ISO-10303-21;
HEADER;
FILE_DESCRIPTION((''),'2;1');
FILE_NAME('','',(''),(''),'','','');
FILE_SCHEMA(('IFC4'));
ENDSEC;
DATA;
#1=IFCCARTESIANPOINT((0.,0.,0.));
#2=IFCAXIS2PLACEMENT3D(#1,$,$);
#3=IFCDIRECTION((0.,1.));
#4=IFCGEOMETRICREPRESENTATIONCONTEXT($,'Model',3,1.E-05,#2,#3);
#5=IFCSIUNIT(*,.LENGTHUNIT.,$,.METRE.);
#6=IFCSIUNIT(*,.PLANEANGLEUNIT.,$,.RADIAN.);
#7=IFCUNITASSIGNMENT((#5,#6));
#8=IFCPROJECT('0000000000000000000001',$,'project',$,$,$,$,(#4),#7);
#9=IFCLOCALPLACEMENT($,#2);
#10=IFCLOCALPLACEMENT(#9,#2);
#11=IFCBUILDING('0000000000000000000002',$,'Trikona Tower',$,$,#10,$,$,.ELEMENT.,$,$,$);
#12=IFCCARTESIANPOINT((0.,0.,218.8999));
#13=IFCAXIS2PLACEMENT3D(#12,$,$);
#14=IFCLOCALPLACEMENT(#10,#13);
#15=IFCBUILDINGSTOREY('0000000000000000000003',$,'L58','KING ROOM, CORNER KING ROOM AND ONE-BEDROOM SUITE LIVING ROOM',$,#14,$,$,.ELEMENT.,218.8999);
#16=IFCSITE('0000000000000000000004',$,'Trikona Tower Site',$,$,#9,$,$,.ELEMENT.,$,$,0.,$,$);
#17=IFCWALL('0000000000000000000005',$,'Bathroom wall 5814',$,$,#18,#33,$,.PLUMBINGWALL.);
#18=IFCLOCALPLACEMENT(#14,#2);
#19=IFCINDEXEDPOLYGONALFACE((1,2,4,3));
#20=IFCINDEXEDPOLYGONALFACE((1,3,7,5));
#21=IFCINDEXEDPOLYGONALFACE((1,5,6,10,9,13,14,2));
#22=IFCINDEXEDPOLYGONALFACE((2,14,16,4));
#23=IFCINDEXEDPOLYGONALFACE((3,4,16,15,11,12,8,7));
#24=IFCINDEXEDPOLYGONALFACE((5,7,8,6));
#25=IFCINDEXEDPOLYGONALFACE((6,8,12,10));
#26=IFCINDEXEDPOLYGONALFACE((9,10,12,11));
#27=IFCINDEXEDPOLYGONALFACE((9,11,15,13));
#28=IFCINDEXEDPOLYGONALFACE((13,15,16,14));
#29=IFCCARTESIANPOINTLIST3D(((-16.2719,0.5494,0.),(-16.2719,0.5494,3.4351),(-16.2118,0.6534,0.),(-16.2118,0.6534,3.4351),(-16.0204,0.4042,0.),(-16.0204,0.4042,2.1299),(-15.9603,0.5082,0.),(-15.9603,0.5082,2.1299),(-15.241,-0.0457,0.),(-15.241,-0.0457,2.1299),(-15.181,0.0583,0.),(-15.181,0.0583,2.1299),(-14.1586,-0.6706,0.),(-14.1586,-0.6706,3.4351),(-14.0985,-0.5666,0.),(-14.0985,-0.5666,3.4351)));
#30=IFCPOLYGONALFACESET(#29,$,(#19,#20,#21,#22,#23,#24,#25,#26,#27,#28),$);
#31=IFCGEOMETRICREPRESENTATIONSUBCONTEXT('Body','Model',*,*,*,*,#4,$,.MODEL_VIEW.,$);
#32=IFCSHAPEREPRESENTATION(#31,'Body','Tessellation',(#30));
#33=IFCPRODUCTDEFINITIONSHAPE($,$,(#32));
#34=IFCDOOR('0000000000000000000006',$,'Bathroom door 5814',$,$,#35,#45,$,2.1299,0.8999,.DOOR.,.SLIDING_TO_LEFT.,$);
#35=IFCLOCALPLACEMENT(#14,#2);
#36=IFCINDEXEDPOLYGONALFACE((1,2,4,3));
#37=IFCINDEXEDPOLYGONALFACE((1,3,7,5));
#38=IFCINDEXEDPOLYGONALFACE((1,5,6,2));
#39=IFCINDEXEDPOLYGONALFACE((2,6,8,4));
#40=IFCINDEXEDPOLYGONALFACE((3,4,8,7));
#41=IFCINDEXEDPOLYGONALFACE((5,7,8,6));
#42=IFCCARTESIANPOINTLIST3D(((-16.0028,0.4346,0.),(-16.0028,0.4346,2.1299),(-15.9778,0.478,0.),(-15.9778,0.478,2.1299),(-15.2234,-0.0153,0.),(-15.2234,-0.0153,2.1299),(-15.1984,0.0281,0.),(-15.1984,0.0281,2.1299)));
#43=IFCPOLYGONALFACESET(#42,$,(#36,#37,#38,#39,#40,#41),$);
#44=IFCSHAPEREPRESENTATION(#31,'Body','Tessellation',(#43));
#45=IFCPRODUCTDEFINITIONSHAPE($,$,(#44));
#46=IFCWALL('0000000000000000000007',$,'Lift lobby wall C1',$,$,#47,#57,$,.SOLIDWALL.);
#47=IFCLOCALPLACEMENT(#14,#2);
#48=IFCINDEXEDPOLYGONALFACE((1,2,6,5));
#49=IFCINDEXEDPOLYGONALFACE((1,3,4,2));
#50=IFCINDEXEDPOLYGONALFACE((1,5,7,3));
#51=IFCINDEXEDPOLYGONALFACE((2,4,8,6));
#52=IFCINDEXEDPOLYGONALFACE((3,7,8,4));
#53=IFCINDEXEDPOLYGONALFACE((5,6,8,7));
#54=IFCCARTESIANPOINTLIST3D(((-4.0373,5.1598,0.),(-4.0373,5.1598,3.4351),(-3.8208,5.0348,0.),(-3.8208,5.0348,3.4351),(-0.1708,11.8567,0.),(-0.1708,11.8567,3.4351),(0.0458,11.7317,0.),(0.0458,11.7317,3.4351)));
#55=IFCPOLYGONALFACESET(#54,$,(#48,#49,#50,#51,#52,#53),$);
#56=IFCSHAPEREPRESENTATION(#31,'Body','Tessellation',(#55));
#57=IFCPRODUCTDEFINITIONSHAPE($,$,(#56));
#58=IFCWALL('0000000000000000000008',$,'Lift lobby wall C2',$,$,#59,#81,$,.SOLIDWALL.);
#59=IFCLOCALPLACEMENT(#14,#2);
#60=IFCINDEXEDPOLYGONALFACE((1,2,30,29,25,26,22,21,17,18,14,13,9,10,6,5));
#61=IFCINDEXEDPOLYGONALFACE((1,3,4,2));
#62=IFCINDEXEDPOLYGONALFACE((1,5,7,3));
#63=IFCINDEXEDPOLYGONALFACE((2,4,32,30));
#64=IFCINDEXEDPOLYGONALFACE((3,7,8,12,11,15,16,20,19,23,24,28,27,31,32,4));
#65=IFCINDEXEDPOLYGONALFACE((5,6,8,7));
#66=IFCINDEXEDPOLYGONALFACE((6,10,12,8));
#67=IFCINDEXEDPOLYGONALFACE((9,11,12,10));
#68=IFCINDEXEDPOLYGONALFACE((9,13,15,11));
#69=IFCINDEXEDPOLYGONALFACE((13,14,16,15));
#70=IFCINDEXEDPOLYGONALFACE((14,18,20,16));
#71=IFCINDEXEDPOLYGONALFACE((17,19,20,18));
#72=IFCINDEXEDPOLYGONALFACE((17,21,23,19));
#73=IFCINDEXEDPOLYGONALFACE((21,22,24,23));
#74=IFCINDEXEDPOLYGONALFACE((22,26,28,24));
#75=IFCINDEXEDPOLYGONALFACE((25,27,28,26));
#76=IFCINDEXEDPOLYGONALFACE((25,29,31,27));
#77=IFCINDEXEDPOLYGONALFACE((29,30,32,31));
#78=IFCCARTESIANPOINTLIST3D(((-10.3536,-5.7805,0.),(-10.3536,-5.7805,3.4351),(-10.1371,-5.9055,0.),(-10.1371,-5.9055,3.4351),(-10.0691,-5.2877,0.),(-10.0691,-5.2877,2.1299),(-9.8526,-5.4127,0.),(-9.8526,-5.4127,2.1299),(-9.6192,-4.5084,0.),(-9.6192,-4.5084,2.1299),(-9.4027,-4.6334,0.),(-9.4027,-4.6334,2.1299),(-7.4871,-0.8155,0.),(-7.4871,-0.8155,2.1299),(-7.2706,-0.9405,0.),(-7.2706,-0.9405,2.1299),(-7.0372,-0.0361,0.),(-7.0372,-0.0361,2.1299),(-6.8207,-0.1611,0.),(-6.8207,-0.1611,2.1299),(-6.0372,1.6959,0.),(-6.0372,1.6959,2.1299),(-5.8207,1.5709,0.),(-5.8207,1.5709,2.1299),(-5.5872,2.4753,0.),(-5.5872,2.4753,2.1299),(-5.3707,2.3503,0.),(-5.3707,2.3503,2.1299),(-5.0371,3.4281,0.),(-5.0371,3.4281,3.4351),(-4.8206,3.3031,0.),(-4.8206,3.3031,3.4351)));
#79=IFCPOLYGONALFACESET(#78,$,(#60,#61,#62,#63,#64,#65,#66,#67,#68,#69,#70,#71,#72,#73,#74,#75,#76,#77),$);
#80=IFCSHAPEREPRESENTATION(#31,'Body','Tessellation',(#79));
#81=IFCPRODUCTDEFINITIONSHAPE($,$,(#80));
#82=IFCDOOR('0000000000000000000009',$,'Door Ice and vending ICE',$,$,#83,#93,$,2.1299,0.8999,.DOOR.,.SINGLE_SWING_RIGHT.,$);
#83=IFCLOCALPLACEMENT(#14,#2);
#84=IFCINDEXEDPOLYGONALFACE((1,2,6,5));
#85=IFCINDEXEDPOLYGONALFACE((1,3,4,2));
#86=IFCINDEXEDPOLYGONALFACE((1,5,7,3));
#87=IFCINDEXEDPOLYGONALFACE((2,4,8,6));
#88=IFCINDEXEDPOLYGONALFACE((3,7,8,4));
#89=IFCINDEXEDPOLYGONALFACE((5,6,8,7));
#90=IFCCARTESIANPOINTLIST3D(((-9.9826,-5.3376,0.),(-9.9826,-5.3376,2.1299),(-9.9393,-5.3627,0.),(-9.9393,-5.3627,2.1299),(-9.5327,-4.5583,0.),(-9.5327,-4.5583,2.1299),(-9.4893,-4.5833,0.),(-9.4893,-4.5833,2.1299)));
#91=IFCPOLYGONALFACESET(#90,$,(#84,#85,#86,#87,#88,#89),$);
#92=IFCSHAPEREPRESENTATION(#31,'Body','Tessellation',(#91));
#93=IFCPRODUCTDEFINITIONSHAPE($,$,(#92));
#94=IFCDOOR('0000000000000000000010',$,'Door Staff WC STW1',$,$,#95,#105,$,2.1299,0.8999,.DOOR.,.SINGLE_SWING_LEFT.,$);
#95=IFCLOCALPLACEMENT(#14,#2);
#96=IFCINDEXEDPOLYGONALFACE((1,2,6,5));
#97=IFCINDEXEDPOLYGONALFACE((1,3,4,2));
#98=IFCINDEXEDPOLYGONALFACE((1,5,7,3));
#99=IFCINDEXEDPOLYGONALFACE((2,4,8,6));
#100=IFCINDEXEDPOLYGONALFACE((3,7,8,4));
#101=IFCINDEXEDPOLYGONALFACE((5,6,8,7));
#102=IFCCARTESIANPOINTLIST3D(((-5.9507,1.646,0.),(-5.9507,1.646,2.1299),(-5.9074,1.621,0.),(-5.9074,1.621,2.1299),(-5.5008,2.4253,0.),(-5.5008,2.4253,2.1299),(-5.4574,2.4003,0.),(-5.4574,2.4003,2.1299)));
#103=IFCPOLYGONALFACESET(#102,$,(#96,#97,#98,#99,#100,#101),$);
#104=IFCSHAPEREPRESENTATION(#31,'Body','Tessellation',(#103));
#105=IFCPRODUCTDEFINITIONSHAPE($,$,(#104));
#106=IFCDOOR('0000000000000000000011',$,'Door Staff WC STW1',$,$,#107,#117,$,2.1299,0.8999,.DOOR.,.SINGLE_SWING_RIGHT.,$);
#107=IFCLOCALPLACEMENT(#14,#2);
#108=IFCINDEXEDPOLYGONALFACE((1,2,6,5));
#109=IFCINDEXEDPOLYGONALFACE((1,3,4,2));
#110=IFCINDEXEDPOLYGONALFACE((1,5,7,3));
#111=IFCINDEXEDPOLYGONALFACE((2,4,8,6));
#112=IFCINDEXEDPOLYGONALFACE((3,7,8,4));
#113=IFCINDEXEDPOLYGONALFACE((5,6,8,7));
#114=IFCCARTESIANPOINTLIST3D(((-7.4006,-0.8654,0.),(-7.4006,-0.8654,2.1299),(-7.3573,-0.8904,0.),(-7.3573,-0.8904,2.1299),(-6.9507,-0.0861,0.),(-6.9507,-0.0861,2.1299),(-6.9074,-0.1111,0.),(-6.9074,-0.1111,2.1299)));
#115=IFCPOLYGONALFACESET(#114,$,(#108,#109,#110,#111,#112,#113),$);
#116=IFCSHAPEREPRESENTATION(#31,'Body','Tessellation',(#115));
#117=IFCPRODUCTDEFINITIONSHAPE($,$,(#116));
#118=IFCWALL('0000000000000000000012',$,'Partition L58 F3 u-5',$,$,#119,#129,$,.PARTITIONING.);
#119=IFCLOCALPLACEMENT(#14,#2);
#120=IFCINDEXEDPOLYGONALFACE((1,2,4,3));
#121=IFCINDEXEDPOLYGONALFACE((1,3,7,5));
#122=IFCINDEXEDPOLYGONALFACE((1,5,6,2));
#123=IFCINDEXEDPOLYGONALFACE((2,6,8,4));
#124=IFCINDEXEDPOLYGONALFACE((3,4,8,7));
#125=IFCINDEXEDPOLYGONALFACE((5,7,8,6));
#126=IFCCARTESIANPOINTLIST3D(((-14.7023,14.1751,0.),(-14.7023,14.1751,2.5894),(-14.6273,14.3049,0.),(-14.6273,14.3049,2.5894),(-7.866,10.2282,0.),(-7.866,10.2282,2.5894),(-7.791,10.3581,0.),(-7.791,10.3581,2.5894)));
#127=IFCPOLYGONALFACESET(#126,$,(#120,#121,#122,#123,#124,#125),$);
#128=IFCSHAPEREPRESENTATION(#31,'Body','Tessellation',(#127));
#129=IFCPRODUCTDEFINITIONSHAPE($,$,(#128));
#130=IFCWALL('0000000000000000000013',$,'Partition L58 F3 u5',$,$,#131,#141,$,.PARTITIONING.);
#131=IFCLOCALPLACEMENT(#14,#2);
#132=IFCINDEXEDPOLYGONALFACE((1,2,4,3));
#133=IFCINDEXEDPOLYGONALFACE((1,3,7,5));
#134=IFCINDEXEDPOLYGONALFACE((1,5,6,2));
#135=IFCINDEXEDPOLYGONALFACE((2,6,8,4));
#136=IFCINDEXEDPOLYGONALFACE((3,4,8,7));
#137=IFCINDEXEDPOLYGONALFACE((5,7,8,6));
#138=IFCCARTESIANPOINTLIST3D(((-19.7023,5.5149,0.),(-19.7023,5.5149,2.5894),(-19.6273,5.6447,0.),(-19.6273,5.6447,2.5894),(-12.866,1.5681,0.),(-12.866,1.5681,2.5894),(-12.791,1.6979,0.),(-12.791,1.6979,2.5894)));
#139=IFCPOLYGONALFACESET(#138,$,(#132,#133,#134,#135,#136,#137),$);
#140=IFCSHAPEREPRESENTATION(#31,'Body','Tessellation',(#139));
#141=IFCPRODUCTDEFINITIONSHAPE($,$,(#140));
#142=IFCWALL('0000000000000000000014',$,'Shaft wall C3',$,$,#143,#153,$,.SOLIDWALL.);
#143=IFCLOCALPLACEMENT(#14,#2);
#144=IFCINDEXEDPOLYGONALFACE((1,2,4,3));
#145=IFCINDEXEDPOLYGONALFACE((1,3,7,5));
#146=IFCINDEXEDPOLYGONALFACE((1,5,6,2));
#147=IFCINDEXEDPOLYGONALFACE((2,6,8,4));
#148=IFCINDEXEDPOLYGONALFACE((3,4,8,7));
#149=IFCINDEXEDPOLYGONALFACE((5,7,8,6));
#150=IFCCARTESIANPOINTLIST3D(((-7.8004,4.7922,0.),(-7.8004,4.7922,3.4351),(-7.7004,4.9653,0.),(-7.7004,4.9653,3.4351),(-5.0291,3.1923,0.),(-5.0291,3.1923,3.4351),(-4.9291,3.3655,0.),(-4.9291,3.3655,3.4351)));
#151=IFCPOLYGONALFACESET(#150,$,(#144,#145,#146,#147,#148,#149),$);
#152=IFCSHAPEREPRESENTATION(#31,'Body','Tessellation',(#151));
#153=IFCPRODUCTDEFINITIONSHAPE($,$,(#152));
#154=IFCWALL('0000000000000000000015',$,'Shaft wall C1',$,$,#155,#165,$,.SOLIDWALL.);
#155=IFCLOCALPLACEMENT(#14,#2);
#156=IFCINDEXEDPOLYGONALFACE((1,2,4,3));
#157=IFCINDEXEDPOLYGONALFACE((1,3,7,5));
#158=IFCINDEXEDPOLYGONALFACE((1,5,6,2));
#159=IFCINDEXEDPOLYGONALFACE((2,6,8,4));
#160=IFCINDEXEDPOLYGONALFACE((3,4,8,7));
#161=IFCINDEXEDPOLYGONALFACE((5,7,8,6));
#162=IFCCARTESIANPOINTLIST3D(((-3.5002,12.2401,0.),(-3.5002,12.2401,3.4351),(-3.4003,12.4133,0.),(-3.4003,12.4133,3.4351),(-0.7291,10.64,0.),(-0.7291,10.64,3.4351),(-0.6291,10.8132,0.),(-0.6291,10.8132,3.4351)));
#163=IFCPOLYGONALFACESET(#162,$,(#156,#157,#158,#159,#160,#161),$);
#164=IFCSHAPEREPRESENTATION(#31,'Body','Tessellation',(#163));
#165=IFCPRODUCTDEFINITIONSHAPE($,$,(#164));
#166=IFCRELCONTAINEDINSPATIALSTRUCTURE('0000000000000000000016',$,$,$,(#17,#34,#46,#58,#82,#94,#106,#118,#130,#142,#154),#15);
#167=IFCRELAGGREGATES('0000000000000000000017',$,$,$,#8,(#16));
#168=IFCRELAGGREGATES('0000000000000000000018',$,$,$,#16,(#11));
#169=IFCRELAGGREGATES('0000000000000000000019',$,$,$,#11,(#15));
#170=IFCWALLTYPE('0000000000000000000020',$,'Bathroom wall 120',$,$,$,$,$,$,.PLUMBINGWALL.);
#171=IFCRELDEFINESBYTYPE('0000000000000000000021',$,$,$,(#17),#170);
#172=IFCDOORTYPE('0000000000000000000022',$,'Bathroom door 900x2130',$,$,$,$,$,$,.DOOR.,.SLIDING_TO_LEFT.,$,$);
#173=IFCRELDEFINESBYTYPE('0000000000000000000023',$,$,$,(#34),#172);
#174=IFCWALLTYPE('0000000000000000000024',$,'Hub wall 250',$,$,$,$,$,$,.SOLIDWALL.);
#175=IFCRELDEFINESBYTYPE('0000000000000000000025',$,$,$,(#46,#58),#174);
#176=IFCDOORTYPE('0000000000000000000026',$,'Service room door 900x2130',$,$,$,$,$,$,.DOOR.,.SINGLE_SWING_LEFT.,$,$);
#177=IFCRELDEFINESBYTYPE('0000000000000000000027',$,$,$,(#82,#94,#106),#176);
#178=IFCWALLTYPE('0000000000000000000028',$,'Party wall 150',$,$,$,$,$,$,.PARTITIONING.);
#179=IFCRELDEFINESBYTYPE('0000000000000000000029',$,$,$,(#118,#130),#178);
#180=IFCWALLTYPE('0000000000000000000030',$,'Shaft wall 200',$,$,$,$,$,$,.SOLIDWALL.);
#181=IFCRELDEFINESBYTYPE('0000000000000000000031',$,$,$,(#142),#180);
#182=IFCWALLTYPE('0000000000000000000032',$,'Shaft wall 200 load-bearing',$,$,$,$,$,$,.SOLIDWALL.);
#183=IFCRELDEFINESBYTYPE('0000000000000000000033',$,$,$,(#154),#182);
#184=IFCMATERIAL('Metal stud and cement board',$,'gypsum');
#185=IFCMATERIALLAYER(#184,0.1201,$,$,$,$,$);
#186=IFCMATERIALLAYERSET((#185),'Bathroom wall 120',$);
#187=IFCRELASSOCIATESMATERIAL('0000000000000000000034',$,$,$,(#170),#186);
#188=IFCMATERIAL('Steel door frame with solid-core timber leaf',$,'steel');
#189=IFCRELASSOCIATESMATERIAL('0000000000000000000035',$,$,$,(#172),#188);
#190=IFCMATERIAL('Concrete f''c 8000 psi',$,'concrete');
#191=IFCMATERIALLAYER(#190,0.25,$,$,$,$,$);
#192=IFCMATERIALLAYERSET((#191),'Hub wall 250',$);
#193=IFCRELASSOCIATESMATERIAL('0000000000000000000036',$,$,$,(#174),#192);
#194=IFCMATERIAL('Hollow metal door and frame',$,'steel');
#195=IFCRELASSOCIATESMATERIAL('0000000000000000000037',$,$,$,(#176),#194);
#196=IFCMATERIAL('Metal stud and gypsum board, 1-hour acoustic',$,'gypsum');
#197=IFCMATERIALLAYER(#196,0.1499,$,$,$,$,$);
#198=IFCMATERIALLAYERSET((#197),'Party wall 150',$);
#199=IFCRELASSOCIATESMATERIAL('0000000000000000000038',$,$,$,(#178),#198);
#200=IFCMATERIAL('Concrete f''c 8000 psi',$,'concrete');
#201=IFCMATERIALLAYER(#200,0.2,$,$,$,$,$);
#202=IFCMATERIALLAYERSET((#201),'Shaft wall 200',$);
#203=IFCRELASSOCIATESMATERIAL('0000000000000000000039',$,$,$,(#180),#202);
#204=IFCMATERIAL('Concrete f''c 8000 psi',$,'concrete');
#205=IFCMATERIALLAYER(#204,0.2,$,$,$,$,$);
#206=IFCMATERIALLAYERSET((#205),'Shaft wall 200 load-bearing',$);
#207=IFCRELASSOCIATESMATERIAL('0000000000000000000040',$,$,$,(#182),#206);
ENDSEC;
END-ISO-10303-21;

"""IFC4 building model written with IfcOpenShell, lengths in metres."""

from ifc_helpers import new_model, si_unit, direction, frame, frame_2d, origin, place, context, subcontext, project, spatial, rectangle, extrude, material, layer, layer_set, type_object, element, fill, save


model = new_model("IFC4")

# Units and contexts
model_context = context("Model", 3, precision=1e-05, world=origin(), true_north=direction((0.0, 1.0)))
body_context = subcontext(model_context, "Body", "Model", "MODEL_VIEW")
ifc_project = project(units=[si_unit("LENGTHUNIT", "METRE"), si_unit("PLANEANGLEUNIT", "RADIAN")], contexts=[model_context])

# Site, building, storey
site_placement = place(None, origin())
site = spatial("IfcSite", under=ifc_project, at=site_placement, Name="Trikona Tower Site", CompositionType="ELEMENT", RefElevation=0.0)
building_placement = place(site_placement, origin())
building = spatial("IfcBuilding", under=site, at=building_placement, Name="Trikona Tower", CompositionType="ELEMENT")
storey_placement = place(building_placement, frame((0.0, 0.0, 218.8999)))
storey = spatial("IfcBuildingStorey", under=building, at=storey_placement, Name="L58", Description="KING ROOM, CORNER KING ROOM AND ONE-BEDROOM SUITE LIVING ROOM", CompositionType="ELEMENT", Elevation=218.8999)

# Shared definitions
ifc_material_1 = material(Name="Metal stud and cement board", Category="gypsum")
ifc_layer_1 = layer(ifc_material_1, 0.1201)
ifc_layer_set_1 = layer_set([ifc_layer_1], Name="Bathroom wall 120")
wall_type_1 = type_object("IfcWallType", Name="Bathroom wall 120", PredefinedType="PLUMBINGWALL", material=ifc_layer_set_1)

# Shared definitions
ifc_material_2 = material(Name="Steel door frame with solid-core timber leaf", Category="steel")
door_type_1 = type_object("IfcDoorType", Name="Bathroom door 900x2130", OperationType="SLIDING_TO_LEFT", PredefinedType="DOOR", material=ifc_material_2)

# Wall, opening, door
wall_1_placement = place(storey_placement, frame((-14.1284, -0.6187, 0.0), z_axis=(0.0, 0.0, 1.0), x_axis=(-0.866049, 0.499959, 0.0)))
wall_1 = element("IfcWall", 1, at=wall_1_placement, inside=storey, type_object=wall_type_1, Name="Bathroom wall 5814", PredefinedType="PLUMBINGWALL", context=body_context, shape_type="SweptSolid", body=[
    extrude(rectangle(XDim=2.4402, YDim=0.1201, at=frame_2d((1.2202, 0.0))), origin(), (0.0, 0.0, 1.0), 3.4351),
])
opening_1_placement = place(wall_1_placement, frame((1.25, 0.0, 0.0)))
opening_1 = element("IfcOpeningElement", 2, at=opening_1_placement, cuts=wall_1, PredefinedType="OPENING", context=body_context, shape_type="SweptSolid", body=[
    extrude(rectangle(XDim=0.8999, YDim=2.1299, at=frame_2d((0.45, 1.0649))), frame((0.0, 0.0701, 0.0), z_axis=(0.0, -1.0, 0.0), x_axis=(1.0, 0.0, 0.0)), (0.0, 0.0, 1.0), 0.1401),
])
door_1_placement = place(opening_1_placement, origin())
door_1 = element("IfcDoor", 3, at=door_1_placement, inside=storey, type_object=door_type_1, Name="Bathroom door 5814", OperationType="SLIDING_TO_LEFT", OverallHeight=2.1299, OverallWidth=0.8999, PredefinedType="DOOR", context=body_context, shape_type="SweptSolid", body=[
    extrude(rectangle(XDim=0.8999, YDim=2.1299, at=frame_2d((0.45, 1.0649))), frame((0.0, 0.0249, 0.0), z_axis=(0.0, -1.0, 0.0), x_axis=(1.0, 0.0, 0.0)), (0.0, 0.0, 1.0), 0.05),
])
fill(opening_1, door_1)

# Wall
ifc_material_3 = material(Name="Concrete f'c 8000 psi", Category="concrete")
ifc_layer_2 = layer(ifc_material_3, 0.25)
ifc_layer_set_2 = layer_set([ifc_layer_2], Name="Hub wall 250")
wall_type_2 = type_object("IfcWallType", Name="Hub wall 250", PredefinedType="SOLIDWALL", material=ifc_layer_set_2)
wall_2_placement = place(storey_placement, frame((-0.0625, 11.7942, 0.0), z_axis=(0.0, 0.0, 1.0), x_axis=(-0.500007, -0.866022, 0.0)))
element("IfcWall", 4, at=wall_2_placement, inside=storey, type_object=wall_type_2, Name="Lift lobby wall C1", PredefinedType="SOLIDWALL", context=body_context, shape_type="SweptSolid", body=[
    extrude(rectangle(XDim=7.7329, YDim=0.25, at=frame_2d((3.8665, 0.0))), origin(), (0.0, 0.0, 1.0), 3.4351),
])

# Wall, openings, doors
wall_3_placement = place(storey_placement, frame((-4.929, 3.3655, 0.0), z_axis=(0.0, 0.0, 1.0), x_axis=(-0.499991, -0.86603, 0.0)))
wall_3 = element("IfcWall", 5, at=wall_3_placement, inside=storey, type_object=wall_type_2, Name="Lift lobby wall C2", PredefinedType="SOLIDWALL", context=body_context, shape_type="SweptSolid", body=[
    extrude(rectangle(XDim=10.6331, YDim=0.25, at=frame_2d((5.3164, 0.0))), origin(), (0.0, 0.0, 1.0), 3.4351),
])
opening_2_placement = place(wall_3_placement, frame((9.1641, 0.0, 0.0)))
opening_2 = element("IfcOpeningElement", 6, at=opening_2_placement, cuts=wall_3, PredefinedType="OPENING", context=body_context, shape_type="SweptSolid", body=[
    extrude(rectangle(XDim=0.8999, YDim=2.1299, at=frame_2d((0.45, 1.0649))), frame((0.0, 0.135, 0.0), z_axis=(0.0, -1.0, 0.0), x_axis=(1.0, 0.0, 0.0)), (0.0, 0.0, 1.0), 0.27),
])
opening_3_placement = place(wall_3_placement, frame((1.1001, 0.0, 0.0)))
opening_3 = element("IfcOpeningElement", 7, at=opening_3_placement, cuts=wall_3, PredefinedType="OPENING", context=body_context, shape_type="SweptSolid", body=[
    extrude(rectangle(XDim=0.8999, YDim=2.1299, at=frame_2d((0.45, 1.0649))), frame((0.0, 0.135, 0.0), z_axis=(0.0, -1.0, 0.0), x_axis=(1.0, 0.0, 0.0)), (0.0, 0.0, 1.0), 0.27),
])
opening_4_placement = place(wall_3_placement, frame((4.0, 0.0, 0.0)))
opening_4 = element("IfcOpeningElement", 8, at=opening_4_placement, cuts=wall_3, PredefinedType="OPENING", context=body_context, shape_type="SweptSolid", body=[
    extrude(rectangle(XDim=0.8999, YDim=2.1299, at=frame_2d((0.45, 1.0649))), frame((0.0, 0.135, 0.0), z_axis=(0.0, -1.0, 0.0), x_axis=(1.0, 0.0, 0.0)), (0.0, 0.0, 1.0), 0.27),
])
ifc_material_4 = material(Name="Hollow metal door and frame", Category="steel")
door_type_2 = type_object("IfcDoorType", Name="Service room door 900x2130", OperationType="SINGLE_SWING_LEFT", PredefinedType="DOOR", material=ifc_material_4)
door_2_placement = place(opening_2_placement, origin())
door_2 = element("IfcDoor", 9, at=door_2_placement, inside=storey, type_object=door_type_2, Name="Door Ice and vending ICE", OperationType="SINGLE_SWING_RIGHT", OverallHeight=2.1299, OverallWidth=0.8999, PredefinedType="DOOR", context=body_context, shape_type="SweptSolid", body=[
    extrude(rectangle(XDim=0.8999, YDim=2.1299, at=frame_2d((0.45, 1.0649))), frame((0.0, 0.0249, 0.0), z_axis=(0.0, -1.0, 0.0), x_axis=(1.0, 0.0, 0.0)), (0.0, 0.0, 1.0), 0.05),
])
fill(opening_2, door_2)
door_3_placement = place(opening_3_placement, origin())
door_3 = element("IfcDoor", 10, at=door_3_placement, inside=storey, type_object=door_type_2, Name="Door Staff WC STW1", OperationType="SINGLE_SWING_LEFT", OverallHeight=2.1299, OverallWidth=0.8999, PredefinedType="DOOR", context=body_context, shape_type="SweptSolid", body=[
    extrude(rectangle(XDim=0.8999, YDim=2.1299, at=frame_2d((0.45, 1.0649))), frame((0.0, 0.0249, 0.0), z_axis=(0.0, -1.0, 0.0), x_axis=(1.0, 0.0, 0.0)), (0.0, 0.0, 1.0), 0.05),
])
fill(opening_3, door_3)
door_4_placement = place(opening_4_placement, origin())
door_4 = element("IfcDoor", 11, at=door_4_placement, inside=storey, type_object=door_type_2, Name="Door Staff WC STW1", OperationType="SINGLE_SWING_RIGHT", OverallHeight=2.1299, OverallWidth=0.8999, PredefinedType="DOOR", context=body_context, shape_type="SweptSolid", body=[
    extrude(rectangle(XDim=0.8999, YDim=2.1299, at=frame_2d((0.45, 1.0649))), frame((0.0, 0.0249, 0.0), z_axis=(0.0, -1.0, 0.0), x_axis=(1.0, 0.0, 0.0)), (0.0, 0.0, 1.0), 0.05),
])
fill(opening_4, door_4)

# Walls
ifc_material_5 = material(Name="Metal stud and gypsum board, 1-hour acoustic", Category="gypsum")
ifc_layer_3 = layer(ifc_material_5, 0.1499)
ifc_layer_set_3 = layer_set([ifc_layer_3], Name="Party wall 150")
wall_type_3 = type_object("IfcWallType", Name="Party wall 150", PredefinedType="PARTITIONING", material=ifc_layer_set_3)
for number, where, z_axis, x_axis, name in (
    (12, (-7.8286, 10.2932, 0.0), (0.0, 0.0, 1.0), (-0.866031, 0.499991, 0.0), "Partition L58 F3 u-5"),
    (13, (-12.8286, 1.6331, 0.0), (0.0, 0.0, 1.0), (-0.866031, 0.499991, 0.0), "Partition L58 F3 u5"),
):
    element("IfcWall", number, at=place(storey_placement, frame(where, z_axis=z_axis, x_axis=x_axis)), inside=storey, type_object=wall_type_3, Name=name, PredefinedType="PARTITIONING", context=body_context, shape_type="SweptSolid", body=[
        extrude(rectangle(XDim=7.8938, YDim=0.1499, at=frame_2d((3.9468, 0.0))), origin(), (0.0, 0.0, 1.0), 2.5894),
    ])
ifc_material_6 = material(Name="Concrete f'c 8000 psi", Category="concrete")
ifc_layer_4 = layer(ifc_material_6, 0.2)
ifc_layer_set_4 = layer_set([ifc_layer_4], Name="Shaft wall 200")
wall_type_4 = type_object("IfcWallType", Name="Shaft wall 200", PredefinedType="SOLIDWALL", material=ifc_layer_set_4)
wall_4_placement = place(storey_placement, frame((-4.979, 3.2788, 0.0), z_axis=(0.0, 0.0, 1.0), x_axis=(-0.866042, 0.499971, 0.0)))
element("IfcWall", 14, at=wall_4_placement, inside=storey, type_object=wall_type_4, Name="Shaft wall C3", PredefinedType="SOLIDWALL", context=body_context, shape_type="SweptSolid", body=[
    extrude(rectangle(XDim=3.2, YDim=0.2, at=frame_2d((1.6001, 0.0))), origin(), (0.0, 0.0, 1.0), 3.4351),
])
ifc_material_7 = material(Name="Concrete f'c 8000 psi", Category="concrete")
ifc_layer_5 = layer(ifc_material_7, 0.2)
ifc_layer_set_5 = layer_set([ifc_layer_5], Name="Shaft wall 200 load-bearing")
wall_type_5 = type_object("IfcWallType", Name="Shaft wall 200 load-bearing", PredefinedType="SOLIDWALL", material=ifc_layer_set_5)
for number, where, z_axis, x_axis, name in (
    (15, (-0.679, 10.7266, 0.0), (0.0, 0.0, 1.0), (-0.866009, 0.500028, 0.0), "Shaft wall C1"),
):
    element("IfcWall", number, at=place(storey_placement, frame(where, z_axis=z_axis, x_axis=x_axis)), inside=storey, type_object=wall_type_5, Name=name, PredefinedType="SOLIDWALL", context=body_context, shape_type="SweptSolid", body=[
        extrude(rectangle(XDim=3.2, YDim=0.2, at=frame_2d((1.6001, 0.0))), origin(), (0.0, 0.0, 1.0), 3.4351),
    ])

save(model, "model.ifc")
